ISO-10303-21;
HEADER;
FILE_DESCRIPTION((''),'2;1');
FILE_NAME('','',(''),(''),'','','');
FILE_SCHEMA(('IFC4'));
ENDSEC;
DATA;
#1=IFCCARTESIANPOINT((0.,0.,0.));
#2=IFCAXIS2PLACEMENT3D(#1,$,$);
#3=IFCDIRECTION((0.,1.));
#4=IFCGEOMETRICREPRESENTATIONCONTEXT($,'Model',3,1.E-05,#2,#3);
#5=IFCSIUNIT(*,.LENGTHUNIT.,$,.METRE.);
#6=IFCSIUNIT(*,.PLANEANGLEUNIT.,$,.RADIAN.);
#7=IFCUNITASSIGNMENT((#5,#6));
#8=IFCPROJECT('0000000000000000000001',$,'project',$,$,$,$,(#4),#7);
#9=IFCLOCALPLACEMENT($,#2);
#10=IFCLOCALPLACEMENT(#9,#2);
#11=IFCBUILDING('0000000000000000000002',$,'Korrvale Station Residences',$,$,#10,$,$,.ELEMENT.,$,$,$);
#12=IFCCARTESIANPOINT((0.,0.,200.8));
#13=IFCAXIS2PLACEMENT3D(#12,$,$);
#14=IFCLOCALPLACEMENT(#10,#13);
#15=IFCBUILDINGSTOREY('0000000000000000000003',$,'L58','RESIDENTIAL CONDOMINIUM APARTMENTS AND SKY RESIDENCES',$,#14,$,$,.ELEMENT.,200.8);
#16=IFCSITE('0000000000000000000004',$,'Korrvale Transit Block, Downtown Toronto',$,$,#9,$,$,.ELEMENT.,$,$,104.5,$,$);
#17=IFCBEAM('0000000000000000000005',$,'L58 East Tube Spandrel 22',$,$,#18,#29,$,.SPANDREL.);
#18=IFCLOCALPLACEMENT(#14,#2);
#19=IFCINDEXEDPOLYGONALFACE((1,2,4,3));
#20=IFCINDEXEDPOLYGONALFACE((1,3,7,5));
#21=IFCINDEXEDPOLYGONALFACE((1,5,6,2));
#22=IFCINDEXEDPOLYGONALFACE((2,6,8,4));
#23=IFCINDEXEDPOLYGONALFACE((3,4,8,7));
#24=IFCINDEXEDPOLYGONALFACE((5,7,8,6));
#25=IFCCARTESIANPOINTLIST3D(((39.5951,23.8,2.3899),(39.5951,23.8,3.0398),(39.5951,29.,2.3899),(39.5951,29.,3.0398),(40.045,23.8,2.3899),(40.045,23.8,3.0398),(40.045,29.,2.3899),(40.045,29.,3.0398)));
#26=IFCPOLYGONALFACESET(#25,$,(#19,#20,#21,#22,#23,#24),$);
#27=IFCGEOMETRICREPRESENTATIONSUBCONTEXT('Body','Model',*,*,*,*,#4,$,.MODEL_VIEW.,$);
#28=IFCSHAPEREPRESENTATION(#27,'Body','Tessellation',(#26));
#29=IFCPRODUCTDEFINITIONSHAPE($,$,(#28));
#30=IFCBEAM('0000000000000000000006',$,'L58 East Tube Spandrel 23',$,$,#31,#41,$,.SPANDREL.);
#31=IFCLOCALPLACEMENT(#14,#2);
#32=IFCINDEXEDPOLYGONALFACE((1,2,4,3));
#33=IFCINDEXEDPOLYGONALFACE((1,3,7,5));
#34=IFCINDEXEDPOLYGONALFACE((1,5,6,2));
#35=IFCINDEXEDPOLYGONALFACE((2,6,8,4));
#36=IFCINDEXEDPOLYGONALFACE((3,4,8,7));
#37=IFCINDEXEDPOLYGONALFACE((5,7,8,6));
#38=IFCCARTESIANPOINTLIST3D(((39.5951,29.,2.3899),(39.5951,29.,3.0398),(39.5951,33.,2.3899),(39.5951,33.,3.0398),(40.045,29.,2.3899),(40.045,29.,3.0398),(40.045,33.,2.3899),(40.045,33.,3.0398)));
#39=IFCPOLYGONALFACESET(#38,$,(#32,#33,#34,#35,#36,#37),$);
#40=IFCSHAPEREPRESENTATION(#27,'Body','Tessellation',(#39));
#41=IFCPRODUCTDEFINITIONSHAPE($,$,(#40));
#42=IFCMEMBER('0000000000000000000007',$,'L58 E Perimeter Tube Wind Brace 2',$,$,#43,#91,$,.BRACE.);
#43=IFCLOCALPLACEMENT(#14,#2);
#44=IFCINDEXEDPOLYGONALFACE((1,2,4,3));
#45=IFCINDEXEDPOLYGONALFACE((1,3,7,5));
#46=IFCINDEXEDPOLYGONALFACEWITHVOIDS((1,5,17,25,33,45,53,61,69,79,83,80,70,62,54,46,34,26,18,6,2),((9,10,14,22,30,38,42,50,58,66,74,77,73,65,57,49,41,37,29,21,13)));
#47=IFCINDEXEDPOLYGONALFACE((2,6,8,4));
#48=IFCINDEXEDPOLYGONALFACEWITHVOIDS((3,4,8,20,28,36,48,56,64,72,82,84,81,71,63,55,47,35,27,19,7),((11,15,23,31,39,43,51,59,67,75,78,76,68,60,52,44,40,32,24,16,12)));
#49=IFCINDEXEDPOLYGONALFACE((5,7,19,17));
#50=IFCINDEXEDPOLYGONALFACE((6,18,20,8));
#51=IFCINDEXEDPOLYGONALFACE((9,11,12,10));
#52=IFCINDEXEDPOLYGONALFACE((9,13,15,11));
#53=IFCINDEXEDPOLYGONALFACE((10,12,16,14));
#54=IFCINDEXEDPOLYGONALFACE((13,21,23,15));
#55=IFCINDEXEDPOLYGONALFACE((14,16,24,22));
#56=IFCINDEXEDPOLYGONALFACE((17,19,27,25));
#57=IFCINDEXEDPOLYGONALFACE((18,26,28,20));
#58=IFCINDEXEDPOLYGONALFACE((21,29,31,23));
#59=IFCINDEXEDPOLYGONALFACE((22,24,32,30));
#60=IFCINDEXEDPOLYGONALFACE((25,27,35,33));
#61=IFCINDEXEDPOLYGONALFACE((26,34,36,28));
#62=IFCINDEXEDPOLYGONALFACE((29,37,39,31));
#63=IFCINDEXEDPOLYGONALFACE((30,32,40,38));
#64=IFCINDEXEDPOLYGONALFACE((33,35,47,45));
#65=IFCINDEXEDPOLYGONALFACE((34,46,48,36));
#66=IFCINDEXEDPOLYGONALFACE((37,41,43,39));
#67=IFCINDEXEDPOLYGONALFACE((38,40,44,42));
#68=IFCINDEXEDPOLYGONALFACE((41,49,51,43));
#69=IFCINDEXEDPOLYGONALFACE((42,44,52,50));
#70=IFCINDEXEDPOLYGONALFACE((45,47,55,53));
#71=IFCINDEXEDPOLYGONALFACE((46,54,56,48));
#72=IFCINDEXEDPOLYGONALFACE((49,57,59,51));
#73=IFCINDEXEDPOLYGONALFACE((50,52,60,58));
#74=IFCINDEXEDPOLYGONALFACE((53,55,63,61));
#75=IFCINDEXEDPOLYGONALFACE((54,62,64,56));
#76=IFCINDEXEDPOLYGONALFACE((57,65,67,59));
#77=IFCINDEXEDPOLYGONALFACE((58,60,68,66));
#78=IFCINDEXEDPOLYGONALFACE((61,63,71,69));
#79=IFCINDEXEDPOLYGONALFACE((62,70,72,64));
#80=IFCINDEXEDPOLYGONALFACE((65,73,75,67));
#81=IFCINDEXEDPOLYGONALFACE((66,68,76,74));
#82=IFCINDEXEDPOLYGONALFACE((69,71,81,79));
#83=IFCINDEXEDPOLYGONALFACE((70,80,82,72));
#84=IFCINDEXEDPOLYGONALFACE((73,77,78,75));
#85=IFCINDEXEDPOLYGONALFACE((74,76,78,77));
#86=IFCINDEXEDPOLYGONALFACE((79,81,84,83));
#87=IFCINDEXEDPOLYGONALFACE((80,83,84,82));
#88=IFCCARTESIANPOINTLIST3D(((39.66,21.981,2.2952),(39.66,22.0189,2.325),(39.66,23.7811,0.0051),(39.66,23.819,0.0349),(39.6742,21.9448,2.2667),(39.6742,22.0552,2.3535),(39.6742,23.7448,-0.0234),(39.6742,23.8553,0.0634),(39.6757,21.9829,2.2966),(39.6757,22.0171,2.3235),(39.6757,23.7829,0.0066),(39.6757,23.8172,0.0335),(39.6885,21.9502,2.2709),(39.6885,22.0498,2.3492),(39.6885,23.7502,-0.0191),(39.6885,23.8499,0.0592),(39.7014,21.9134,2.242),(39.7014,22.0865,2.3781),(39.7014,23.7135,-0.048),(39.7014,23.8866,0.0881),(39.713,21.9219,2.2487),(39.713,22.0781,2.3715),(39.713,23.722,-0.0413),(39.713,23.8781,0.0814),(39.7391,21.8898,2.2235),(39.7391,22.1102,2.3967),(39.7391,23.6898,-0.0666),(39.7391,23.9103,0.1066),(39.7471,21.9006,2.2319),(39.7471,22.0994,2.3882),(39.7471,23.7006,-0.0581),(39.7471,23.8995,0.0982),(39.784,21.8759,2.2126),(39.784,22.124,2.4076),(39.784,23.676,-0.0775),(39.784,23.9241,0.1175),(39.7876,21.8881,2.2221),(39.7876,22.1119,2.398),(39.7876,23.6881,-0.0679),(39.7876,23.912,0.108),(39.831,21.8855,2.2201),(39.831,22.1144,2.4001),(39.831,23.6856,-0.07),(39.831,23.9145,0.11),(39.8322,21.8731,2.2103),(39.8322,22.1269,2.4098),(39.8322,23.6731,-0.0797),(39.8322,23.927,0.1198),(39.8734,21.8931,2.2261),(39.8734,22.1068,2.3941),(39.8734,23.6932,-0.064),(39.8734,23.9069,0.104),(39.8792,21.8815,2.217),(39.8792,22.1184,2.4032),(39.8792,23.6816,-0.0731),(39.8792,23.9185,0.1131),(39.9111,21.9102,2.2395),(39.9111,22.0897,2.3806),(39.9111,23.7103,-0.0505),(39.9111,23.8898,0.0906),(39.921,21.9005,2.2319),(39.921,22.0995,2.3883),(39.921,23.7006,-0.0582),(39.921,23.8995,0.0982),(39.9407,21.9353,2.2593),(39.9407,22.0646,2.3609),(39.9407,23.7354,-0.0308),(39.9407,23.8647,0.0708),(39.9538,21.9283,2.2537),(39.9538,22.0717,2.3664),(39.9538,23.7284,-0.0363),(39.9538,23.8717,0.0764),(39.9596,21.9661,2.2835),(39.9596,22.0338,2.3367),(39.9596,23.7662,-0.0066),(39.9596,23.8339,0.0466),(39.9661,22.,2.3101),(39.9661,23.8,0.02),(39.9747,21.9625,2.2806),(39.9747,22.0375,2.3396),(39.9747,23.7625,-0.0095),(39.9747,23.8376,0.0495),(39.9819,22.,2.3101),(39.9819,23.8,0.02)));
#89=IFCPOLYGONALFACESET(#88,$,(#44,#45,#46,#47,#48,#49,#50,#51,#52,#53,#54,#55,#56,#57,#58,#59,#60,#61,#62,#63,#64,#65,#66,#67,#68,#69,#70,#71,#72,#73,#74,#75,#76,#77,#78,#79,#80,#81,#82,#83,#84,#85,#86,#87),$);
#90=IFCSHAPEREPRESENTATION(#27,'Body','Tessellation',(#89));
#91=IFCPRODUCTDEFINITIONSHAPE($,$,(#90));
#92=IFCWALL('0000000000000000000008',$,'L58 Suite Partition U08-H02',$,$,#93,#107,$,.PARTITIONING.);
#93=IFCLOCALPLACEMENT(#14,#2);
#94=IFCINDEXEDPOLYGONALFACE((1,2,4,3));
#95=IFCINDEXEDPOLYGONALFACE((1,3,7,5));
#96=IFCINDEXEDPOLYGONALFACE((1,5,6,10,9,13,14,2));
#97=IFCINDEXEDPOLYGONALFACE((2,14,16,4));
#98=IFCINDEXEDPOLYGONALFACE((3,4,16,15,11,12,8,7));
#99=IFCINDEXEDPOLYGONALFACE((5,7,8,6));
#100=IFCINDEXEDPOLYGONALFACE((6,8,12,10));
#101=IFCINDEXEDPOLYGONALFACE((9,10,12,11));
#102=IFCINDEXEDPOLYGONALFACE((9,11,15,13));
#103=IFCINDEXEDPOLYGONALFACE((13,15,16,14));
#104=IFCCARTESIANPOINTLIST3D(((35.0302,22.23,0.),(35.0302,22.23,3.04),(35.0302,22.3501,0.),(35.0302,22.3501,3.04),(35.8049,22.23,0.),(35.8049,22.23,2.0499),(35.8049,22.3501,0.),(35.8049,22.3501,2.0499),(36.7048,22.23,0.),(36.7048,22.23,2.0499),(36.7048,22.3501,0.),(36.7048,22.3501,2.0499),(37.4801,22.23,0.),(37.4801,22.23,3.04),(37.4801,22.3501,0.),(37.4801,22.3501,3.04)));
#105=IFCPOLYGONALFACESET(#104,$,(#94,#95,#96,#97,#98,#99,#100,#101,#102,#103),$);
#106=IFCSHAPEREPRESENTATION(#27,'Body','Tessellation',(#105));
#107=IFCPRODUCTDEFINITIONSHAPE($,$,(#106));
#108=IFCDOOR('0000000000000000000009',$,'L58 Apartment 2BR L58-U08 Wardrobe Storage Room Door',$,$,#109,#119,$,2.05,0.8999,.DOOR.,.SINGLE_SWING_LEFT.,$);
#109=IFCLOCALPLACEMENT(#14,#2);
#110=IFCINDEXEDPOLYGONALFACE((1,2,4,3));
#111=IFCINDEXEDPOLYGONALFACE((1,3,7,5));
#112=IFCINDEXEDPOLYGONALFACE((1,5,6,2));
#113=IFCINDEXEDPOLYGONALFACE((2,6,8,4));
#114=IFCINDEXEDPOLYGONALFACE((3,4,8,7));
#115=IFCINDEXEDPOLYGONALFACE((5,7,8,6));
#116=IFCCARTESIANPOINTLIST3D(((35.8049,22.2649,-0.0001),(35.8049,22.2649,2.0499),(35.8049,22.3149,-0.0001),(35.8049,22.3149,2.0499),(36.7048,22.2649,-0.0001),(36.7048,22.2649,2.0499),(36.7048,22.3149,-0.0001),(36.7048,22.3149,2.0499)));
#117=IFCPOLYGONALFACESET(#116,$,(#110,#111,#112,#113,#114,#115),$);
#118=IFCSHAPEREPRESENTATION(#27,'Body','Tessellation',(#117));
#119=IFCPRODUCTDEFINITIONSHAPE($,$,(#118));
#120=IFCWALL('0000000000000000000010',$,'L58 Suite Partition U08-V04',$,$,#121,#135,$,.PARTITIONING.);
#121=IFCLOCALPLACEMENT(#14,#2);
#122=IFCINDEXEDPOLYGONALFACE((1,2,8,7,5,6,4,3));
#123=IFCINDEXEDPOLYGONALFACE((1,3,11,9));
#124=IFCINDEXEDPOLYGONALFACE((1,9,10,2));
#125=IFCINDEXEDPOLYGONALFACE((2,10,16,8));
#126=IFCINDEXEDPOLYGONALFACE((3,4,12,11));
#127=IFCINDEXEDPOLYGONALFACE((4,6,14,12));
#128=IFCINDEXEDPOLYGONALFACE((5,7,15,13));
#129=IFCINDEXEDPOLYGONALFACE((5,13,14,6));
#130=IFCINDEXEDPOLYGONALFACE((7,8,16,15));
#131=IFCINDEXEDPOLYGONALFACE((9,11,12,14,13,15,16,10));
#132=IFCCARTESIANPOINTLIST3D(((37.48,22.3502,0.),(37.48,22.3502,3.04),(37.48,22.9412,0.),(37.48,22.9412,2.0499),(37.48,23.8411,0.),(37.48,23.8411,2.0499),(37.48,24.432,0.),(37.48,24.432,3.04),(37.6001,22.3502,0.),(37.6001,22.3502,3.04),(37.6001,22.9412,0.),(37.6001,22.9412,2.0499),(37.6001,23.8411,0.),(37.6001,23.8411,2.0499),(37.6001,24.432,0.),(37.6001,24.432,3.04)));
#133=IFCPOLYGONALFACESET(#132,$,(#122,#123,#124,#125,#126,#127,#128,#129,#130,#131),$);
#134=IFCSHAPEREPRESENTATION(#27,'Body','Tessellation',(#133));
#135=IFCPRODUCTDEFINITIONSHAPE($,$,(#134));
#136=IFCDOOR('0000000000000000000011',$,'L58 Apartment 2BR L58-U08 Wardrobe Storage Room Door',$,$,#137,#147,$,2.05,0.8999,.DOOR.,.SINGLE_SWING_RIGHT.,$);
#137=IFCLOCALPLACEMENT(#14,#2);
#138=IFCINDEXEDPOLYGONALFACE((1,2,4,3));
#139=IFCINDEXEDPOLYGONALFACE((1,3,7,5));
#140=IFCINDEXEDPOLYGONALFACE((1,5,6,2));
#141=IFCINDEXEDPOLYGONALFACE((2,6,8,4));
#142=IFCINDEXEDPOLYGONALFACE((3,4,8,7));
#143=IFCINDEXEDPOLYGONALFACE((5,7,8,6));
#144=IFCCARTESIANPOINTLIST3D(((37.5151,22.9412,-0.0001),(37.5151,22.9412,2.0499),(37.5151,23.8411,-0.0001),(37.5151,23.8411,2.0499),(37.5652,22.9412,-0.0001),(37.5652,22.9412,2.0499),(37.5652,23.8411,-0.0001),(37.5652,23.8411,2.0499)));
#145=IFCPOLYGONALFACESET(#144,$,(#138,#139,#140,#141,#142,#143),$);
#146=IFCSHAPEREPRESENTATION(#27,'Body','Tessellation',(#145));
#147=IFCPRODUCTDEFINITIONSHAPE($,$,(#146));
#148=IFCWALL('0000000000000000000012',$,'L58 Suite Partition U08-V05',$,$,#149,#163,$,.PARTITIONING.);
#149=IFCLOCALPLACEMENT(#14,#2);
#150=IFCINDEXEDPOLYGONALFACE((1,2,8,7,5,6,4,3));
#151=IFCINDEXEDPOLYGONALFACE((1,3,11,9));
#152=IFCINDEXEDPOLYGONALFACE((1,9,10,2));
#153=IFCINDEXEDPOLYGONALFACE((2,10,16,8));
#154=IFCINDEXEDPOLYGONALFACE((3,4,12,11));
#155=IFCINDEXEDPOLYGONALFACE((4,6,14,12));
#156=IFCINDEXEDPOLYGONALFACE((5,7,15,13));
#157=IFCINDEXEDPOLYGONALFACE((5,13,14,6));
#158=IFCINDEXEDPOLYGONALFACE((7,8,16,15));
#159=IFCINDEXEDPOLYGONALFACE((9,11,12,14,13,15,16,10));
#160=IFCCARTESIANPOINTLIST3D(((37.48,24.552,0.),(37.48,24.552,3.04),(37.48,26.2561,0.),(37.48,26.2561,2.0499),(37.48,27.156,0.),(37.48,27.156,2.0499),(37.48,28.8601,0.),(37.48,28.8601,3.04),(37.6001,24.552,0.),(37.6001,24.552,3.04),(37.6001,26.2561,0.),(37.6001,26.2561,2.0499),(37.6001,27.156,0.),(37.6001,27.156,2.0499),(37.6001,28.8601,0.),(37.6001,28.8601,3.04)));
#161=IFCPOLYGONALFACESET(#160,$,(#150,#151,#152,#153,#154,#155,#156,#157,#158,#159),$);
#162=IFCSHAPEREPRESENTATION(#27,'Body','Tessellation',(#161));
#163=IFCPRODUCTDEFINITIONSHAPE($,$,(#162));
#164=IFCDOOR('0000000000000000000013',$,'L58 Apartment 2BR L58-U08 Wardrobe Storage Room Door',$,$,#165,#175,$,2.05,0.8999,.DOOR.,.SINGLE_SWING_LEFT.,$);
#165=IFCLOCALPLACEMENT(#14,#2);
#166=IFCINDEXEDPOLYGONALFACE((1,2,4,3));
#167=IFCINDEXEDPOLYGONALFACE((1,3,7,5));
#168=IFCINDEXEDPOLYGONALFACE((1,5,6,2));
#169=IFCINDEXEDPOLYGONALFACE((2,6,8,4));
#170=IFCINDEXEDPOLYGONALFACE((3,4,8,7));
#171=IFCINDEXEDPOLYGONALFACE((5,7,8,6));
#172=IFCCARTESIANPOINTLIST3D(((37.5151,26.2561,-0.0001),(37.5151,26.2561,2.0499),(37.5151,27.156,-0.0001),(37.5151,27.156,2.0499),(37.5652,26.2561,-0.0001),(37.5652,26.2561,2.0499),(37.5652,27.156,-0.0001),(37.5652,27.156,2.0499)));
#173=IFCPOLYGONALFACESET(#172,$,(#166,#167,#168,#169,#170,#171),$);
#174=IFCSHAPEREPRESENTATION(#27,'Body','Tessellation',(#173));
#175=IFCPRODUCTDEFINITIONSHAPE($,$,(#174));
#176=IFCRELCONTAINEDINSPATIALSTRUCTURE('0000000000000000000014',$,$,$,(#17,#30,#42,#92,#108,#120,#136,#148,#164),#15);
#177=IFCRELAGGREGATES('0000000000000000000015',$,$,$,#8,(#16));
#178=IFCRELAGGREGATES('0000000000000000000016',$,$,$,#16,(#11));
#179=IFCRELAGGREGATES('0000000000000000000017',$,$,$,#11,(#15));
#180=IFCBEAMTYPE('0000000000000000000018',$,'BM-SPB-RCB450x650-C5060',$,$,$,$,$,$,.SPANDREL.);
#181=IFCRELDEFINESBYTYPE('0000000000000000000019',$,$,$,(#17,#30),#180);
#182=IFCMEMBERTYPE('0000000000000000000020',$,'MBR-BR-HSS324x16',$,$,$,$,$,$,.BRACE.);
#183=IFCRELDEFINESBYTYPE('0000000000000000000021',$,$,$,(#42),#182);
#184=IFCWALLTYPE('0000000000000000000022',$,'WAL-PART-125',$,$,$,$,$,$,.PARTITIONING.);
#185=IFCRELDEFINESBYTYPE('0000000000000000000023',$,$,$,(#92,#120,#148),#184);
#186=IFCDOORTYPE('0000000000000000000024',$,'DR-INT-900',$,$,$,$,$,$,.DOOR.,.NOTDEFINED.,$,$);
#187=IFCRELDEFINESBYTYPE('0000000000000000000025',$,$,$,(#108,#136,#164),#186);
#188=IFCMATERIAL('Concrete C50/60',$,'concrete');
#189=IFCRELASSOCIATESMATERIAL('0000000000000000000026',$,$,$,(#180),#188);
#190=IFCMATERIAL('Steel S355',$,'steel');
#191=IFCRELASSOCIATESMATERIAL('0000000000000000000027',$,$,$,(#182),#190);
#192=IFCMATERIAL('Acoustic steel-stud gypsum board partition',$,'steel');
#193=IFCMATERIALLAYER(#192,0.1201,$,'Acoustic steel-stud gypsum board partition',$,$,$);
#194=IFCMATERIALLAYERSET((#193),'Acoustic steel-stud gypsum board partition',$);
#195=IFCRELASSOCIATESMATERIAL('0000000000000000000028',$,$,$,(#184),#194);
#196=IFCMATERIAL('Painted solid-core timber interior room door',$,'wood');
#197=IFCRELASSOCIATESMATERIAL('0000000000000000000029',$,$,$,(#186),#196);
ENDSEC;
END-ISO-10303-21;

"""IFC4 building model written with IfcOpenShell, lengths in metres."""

from ifc_helpers import new_model, si_unit, direction, frame, frame_2d, origin, origin_2d, place, context, subcontext, project, spatial, rectangle, hollow_circle, extrude, material, layer, layer_set, material_profile, profile_set, type_object, element, fill, save


model = new_model("IFC4")

# Units and contexts
model_context = context("Model", 3, precision=1e-05, world=origin(), true_north=direction((0.0, 1.0)))
body_context = subcontext(model_context, "Body", "Model", "MODEL_VIEW")
ifc_project = project(units=[si_unit("LENGTHUNIT", "METRE"), si_unit("PLANEANGLEUNIT", "RADIAN")], contexts=[model_context])

# Site, building, storey
site_placement = place(None, origin())
site = spatial("IfcSite", under=ifc_project, at=site_placement, Name="Korrvale Transit Block, Downtown Toronto", CompositionType="ELEMENT", RefElevation=104.5)
building_placement = place(site_placement, origin())
building = spatial("IfcBuilding", under=site, at=building_placement, Name="Korrvale Station Residences", CompositionType="ELEMENT")
storey_placement = place(building_placement, frame((0.0, 0.0, 200.8)))
storey = spatial("IfcBuildingStorey", under=building, at=storey_placement, Name="L58", Description="RESIDENTIAL CONDOMINIUM APARTMENTS AND SKY RESIDENCES", CompositionType="ELEMENT", Elevation=200.8)

# Shared definitions
ifc_material_1 = material(Name="Concrete C50/60", Category="concrete")

# Beams
ifc_material_2 = material(Name="Steel S355", Category="steel")
ifc_material_profile_1 = material_profile(ifc_material_1, rectangle(XDim=0.45, YDim=0.6499, at=origin_2d()), Name="RCB450x650")
ifc_profile_set_1 = profile_set([ifc_material_profile_1], Name="Concrete C50/60")
beam_type_1 = type_object("IfcBeamType", Name="BM-SPB-RCB450x650-C5060", PredefinedType="SPANDREL", material=ifc_profile_set_1)
beam_1_placement = place(storey_placement, frame((39.8201, 23.8, 2.7148), z_axis=(0.0, 1.0, 0.0), x_axis=(-1.0, 0.0, 0.0)))
element("IfcBeam", 1, at=beam_1_placement, inside=storey, type_object=beam_type_1, Name="L58 East Tube Spandrel 22", PredefinedType="SPANDREL", context=body_context, shape_type="SweptSolid", body=[
    extrude(rectangle(XDim=0.45, YDim=0.6499, at=origin_2d()), origin(), (0.0, 0.0, 1.0), 5.2),
])
beam_2_placement = place(storey_placement, frame((39.8201, 29.0, 2.7148), z_axis=(0.0, 1.0, 0.0), x_axis=(-1.0, 0.0, 0.0)))
element("IfcBeam", 2, at=beam_2_placement, inside=storey, type_object=beam_type_1, Name="L58 East Tube Spandrel 23", PredefinedType="SPANDREL", context=body_context, shape_type="SweptSolid", body=[
    extrude(rectangle(XDim=0.45, YDim=0.6499, at=origin_2d()), origin(), (0.0, 0.0, 1.0), 4.0),
])

# Member
ifc_material_profile_2 = material_profile(ifc_material_2, hollow_circle(Radius=0.1619, WallThickness=0.0159, at=origin_2d()), Name="HSS324x16")
ifc_profile_set_2 = profile_set([ifc_material_profile_2], Name="Steel S355")
member_type = type_object("IfcMemberType", Name="MBR-BR-HSS324x16", PredefinedType="BRACE", material=ifc_profile_set_2)
member_placement = place(storey_placement, frame((39.8201, 23.8, 0.02), z_axis=(0.0, -0.617977, 0.786196), x_axis=(1.0, 0.0, 0.0)))
element("IfcMember", 3, at=member_placement, inside=storey, type_object=member_type, Name="L58 E Perimeter Tube Wind Brace 2", PredefinedType="BRACE", context=body_context, shape_type="SweptSolid", body=[
    extrude(hollow_circle(Radius=0.1619, WallThickness=0.0159, at=origin_2d()), origin(), (0.0, 0.0, 1.0), 2.9128),
])

# Walls, openings, doors
ifc_material_3 = material(Name="Acoustic steel-stud gypsum board partition", Category="steel")
ifc_layer_1 = layer(ifc_material_3, 0.1201, Name="Acoustic steel-stud gypsum board partition")
ifc_layer_set_1 = layer_set([ifc_layer_1], Name="Acoustic steel-stud gypsum board partition")
wall_type_1 = type_object("IfcWallType", Name="WAL-PART-125", PredefinedType="PARTITIONING", material=ifc_layer_set_1)
wall_1_placement = place(storey_placement, frame((35.03, 22.29, 0.0), z_axis=(0.0, 0.0, 1.0), x_axis=(1.0, 0.0, 0.0)))
wall_1 = element("IfcWall", 4, at=wall_1_placement, inside=storey, type_object=wall_type_1, Name="L58 Suite Partition U08-H02", PredefinedType="PARTITIONING", context=body_context, shape_type="SweptSolid", body=[
    extrude(rectangle(XDim=2.45, YDim=0.1201, at=frame_2d((1.2251, 0.0))), origin(), (0.0, 0.0, 1.0), 3.04),
])
opening_1_placement = place(wall_1_placement, frame((0.7749, 0.0, 0.0)))
opening_1 = element("IfcOpeningElement", 5, at=opening_1_placement, cuts=wall_1, PredefinedType="OPENING", context=body_context, shape_type="SweptSolid", body=[
    extrude(rectangle(XDim=0.8999, YDim=2.05, at=frame_2d((0.45, 1.0249))), frame((0.0, 0.0701, 0.0), z_axis=(0.0, -1.0, 0.0), x_axis=(1.0, 0.0, 0.0)), (0.0, 0.0, 1.0), 0.1401),
])
ifc_material_4 = material(Name="Painted solid-core timber interior room door", Category="wood")
door_type = type_object("IfcDoorType", Name="DR-INT-900", OperationType="NOTDEFINED", PredefinedType="DOOR", material=ifc_material_4)
door_1_placement = place(opening_1_placement, origin())
door_1 = element("IfcDoor", 6, at=door_1_placement, inside=storey, type_object=door_type, Name="L58 Apartment 2BR L58-U08 Wardrobe Storage Room Door", OperationType="SINGLE_SWING_LEFT", OverallHeight=2.05, OverallWidth=0.8999, PredefinedType="DOOR", context=body_context, shape_type="SweptSolid", body=[
    extrude(rectangle(XDim=0.8999, YDim=2.05, at=frame_2d((0.45, 1.0249))), frame((0.0, 0.0249, 0.0), z_axis=(0.0, -1.0, 0.0), x_axis=(1.0, 0.0, 0.0)), (0.0, 0.0, 1.0), 0.05),
])
fill(opening_1, door_1)
wall_2_placement = place(storey_placement, frame((37.54, 22.3501, 0.0), z_axis=(0.0, 0.0, 1.0), x_axis=(0.0, 1.0, 0.0)))
wall_2 = element("IfcWall", 7, at=wall_2_placement, inside=storey, type_object=wall_type_1, Name="L58 Suite Partition U08-V04", PredefinedType="PARTITIONING", context=body_context, shape_type="SweptSolid", body=[
    extrude(rectangle(XDim=2.0818, YDim=0.1201, at=frame_2d((1.041, 0.0))), origin(), (0.0, 0.0, 1.0), 3.04),
])
opening_2_placement = place(wall_2_placement, frame((0.5911, 0.0, 0.0)))
opening_2 = element("IfcOpeningElement", 8, at=opening_2_placement, cuts=wall_2, PredefinedType="OPENING", context=body_context, shape_type="SweptSolid", body=[
    extrude(rectangle(XDim=0.8999, YDim=2.05, at=frame_2d((0.45, 1.0249))), frame((0.0, 0.0701, 0.0), z_axis=(0.0, -1.0, 0.0), x_axis=(1.0, 0.0, 0.0)), (0.0, 0.0, 1.0), 0.1401),
])
door_2_placement = place(opening_2_placement, origin())
door_2 = element("IfcDoor", 9, at=door_2_placement, inside=storey, type_object=door_type, Name="L58 Apartment 2BR L58-U08 Wardrobe Storage Room Door", OperationType="SINGLE_SWING_RIGHT", OverallHeight=2.05, OverallWidth=0.8999, PredefinedType="DOOR", context=body_context, shape_type="SweptSolid", body=[
    extrude(rectangle(XDim=0.8999, YDim=2.05, at=frame_2d((0.45, 1.0249))), frame((0.0, 0.0249, 0.0), z_axis=(0.0, -1.0, 0.0), x_axis=(1.0, 0.0, 0.0)), (0.0, 0.0, 1.0), 0.05),
])
fill(opening_2, door_2)
wall_3_placement = place(storey_placement, frame((37.54, 24.552, 0.0), z_axis=(0.0, 0.0, 1.0), x_axis=(0.0, 1.0, 0.0)))
wall_3 = element("IfcWall", 10, at=wall_3_placement, inside=storey, type_object=wall_type_1, Name="L58 Suite Partition U08-V05", PredefinedType="PARTITIONING", context=body_context, shape_type="SweptSolid", body=[
    extrude(rectangle(XDim=4.3081, YDim=0.1201, at=frame_2d((2.1541, 0.0))), origin(), (0.0, 0.0, 1.0), 3.04),
])
opening_3_placement = place(wall_3_placement, frame((1.7041, 0.0, 0.0)))
opening_3 = element("IfcOpeningElement", 11, at=opening_3_placement, cuts=wall_3, PredefinedType="OPENING", context=body_context, shape_type="SweptSolid", body=[
    extrude(rectangle(XDim=0.8999, YDim=2.05, at=frame_2d((0.45, 1.0249))), frame((0.0, 0.0701, 0.0), z_axis=(0.0, -1.0, 0.0), x_axis=(1.0, 0.0, 0.0)), (0.0, 0.0, 1.0), 0.1401),
])
door_3_placement = place(opening_3_placement, origin())
door_3 = element("IfcDoor", 12, at=door_3_placement, inside=storey, type_object=door_type, Name="L58 Apartment 2BR L58-U08 Wardrobe Storage Room Door", OperationType="SINGLE_SWING_LEFT", OverallHeight=2.05, OverallWidth=0.8999, PredefinedType="DOOR", context=body_context, shape_type="SweptSolid", body=[
    extrude(rectangle(XDim=0.8999, YDim=2.05, at=frame_2d((0.45, 1.0249))), frame((0.0, 0.0249, 0.0), z_axis=(0.0, -1.0, 0.0), x_axis=(1.0, 0.0, 0.0)), (0.0, 0.0, 1.0), 0.05),
])
fill(opening_3, door_3)

save(model, "model.ifc")
